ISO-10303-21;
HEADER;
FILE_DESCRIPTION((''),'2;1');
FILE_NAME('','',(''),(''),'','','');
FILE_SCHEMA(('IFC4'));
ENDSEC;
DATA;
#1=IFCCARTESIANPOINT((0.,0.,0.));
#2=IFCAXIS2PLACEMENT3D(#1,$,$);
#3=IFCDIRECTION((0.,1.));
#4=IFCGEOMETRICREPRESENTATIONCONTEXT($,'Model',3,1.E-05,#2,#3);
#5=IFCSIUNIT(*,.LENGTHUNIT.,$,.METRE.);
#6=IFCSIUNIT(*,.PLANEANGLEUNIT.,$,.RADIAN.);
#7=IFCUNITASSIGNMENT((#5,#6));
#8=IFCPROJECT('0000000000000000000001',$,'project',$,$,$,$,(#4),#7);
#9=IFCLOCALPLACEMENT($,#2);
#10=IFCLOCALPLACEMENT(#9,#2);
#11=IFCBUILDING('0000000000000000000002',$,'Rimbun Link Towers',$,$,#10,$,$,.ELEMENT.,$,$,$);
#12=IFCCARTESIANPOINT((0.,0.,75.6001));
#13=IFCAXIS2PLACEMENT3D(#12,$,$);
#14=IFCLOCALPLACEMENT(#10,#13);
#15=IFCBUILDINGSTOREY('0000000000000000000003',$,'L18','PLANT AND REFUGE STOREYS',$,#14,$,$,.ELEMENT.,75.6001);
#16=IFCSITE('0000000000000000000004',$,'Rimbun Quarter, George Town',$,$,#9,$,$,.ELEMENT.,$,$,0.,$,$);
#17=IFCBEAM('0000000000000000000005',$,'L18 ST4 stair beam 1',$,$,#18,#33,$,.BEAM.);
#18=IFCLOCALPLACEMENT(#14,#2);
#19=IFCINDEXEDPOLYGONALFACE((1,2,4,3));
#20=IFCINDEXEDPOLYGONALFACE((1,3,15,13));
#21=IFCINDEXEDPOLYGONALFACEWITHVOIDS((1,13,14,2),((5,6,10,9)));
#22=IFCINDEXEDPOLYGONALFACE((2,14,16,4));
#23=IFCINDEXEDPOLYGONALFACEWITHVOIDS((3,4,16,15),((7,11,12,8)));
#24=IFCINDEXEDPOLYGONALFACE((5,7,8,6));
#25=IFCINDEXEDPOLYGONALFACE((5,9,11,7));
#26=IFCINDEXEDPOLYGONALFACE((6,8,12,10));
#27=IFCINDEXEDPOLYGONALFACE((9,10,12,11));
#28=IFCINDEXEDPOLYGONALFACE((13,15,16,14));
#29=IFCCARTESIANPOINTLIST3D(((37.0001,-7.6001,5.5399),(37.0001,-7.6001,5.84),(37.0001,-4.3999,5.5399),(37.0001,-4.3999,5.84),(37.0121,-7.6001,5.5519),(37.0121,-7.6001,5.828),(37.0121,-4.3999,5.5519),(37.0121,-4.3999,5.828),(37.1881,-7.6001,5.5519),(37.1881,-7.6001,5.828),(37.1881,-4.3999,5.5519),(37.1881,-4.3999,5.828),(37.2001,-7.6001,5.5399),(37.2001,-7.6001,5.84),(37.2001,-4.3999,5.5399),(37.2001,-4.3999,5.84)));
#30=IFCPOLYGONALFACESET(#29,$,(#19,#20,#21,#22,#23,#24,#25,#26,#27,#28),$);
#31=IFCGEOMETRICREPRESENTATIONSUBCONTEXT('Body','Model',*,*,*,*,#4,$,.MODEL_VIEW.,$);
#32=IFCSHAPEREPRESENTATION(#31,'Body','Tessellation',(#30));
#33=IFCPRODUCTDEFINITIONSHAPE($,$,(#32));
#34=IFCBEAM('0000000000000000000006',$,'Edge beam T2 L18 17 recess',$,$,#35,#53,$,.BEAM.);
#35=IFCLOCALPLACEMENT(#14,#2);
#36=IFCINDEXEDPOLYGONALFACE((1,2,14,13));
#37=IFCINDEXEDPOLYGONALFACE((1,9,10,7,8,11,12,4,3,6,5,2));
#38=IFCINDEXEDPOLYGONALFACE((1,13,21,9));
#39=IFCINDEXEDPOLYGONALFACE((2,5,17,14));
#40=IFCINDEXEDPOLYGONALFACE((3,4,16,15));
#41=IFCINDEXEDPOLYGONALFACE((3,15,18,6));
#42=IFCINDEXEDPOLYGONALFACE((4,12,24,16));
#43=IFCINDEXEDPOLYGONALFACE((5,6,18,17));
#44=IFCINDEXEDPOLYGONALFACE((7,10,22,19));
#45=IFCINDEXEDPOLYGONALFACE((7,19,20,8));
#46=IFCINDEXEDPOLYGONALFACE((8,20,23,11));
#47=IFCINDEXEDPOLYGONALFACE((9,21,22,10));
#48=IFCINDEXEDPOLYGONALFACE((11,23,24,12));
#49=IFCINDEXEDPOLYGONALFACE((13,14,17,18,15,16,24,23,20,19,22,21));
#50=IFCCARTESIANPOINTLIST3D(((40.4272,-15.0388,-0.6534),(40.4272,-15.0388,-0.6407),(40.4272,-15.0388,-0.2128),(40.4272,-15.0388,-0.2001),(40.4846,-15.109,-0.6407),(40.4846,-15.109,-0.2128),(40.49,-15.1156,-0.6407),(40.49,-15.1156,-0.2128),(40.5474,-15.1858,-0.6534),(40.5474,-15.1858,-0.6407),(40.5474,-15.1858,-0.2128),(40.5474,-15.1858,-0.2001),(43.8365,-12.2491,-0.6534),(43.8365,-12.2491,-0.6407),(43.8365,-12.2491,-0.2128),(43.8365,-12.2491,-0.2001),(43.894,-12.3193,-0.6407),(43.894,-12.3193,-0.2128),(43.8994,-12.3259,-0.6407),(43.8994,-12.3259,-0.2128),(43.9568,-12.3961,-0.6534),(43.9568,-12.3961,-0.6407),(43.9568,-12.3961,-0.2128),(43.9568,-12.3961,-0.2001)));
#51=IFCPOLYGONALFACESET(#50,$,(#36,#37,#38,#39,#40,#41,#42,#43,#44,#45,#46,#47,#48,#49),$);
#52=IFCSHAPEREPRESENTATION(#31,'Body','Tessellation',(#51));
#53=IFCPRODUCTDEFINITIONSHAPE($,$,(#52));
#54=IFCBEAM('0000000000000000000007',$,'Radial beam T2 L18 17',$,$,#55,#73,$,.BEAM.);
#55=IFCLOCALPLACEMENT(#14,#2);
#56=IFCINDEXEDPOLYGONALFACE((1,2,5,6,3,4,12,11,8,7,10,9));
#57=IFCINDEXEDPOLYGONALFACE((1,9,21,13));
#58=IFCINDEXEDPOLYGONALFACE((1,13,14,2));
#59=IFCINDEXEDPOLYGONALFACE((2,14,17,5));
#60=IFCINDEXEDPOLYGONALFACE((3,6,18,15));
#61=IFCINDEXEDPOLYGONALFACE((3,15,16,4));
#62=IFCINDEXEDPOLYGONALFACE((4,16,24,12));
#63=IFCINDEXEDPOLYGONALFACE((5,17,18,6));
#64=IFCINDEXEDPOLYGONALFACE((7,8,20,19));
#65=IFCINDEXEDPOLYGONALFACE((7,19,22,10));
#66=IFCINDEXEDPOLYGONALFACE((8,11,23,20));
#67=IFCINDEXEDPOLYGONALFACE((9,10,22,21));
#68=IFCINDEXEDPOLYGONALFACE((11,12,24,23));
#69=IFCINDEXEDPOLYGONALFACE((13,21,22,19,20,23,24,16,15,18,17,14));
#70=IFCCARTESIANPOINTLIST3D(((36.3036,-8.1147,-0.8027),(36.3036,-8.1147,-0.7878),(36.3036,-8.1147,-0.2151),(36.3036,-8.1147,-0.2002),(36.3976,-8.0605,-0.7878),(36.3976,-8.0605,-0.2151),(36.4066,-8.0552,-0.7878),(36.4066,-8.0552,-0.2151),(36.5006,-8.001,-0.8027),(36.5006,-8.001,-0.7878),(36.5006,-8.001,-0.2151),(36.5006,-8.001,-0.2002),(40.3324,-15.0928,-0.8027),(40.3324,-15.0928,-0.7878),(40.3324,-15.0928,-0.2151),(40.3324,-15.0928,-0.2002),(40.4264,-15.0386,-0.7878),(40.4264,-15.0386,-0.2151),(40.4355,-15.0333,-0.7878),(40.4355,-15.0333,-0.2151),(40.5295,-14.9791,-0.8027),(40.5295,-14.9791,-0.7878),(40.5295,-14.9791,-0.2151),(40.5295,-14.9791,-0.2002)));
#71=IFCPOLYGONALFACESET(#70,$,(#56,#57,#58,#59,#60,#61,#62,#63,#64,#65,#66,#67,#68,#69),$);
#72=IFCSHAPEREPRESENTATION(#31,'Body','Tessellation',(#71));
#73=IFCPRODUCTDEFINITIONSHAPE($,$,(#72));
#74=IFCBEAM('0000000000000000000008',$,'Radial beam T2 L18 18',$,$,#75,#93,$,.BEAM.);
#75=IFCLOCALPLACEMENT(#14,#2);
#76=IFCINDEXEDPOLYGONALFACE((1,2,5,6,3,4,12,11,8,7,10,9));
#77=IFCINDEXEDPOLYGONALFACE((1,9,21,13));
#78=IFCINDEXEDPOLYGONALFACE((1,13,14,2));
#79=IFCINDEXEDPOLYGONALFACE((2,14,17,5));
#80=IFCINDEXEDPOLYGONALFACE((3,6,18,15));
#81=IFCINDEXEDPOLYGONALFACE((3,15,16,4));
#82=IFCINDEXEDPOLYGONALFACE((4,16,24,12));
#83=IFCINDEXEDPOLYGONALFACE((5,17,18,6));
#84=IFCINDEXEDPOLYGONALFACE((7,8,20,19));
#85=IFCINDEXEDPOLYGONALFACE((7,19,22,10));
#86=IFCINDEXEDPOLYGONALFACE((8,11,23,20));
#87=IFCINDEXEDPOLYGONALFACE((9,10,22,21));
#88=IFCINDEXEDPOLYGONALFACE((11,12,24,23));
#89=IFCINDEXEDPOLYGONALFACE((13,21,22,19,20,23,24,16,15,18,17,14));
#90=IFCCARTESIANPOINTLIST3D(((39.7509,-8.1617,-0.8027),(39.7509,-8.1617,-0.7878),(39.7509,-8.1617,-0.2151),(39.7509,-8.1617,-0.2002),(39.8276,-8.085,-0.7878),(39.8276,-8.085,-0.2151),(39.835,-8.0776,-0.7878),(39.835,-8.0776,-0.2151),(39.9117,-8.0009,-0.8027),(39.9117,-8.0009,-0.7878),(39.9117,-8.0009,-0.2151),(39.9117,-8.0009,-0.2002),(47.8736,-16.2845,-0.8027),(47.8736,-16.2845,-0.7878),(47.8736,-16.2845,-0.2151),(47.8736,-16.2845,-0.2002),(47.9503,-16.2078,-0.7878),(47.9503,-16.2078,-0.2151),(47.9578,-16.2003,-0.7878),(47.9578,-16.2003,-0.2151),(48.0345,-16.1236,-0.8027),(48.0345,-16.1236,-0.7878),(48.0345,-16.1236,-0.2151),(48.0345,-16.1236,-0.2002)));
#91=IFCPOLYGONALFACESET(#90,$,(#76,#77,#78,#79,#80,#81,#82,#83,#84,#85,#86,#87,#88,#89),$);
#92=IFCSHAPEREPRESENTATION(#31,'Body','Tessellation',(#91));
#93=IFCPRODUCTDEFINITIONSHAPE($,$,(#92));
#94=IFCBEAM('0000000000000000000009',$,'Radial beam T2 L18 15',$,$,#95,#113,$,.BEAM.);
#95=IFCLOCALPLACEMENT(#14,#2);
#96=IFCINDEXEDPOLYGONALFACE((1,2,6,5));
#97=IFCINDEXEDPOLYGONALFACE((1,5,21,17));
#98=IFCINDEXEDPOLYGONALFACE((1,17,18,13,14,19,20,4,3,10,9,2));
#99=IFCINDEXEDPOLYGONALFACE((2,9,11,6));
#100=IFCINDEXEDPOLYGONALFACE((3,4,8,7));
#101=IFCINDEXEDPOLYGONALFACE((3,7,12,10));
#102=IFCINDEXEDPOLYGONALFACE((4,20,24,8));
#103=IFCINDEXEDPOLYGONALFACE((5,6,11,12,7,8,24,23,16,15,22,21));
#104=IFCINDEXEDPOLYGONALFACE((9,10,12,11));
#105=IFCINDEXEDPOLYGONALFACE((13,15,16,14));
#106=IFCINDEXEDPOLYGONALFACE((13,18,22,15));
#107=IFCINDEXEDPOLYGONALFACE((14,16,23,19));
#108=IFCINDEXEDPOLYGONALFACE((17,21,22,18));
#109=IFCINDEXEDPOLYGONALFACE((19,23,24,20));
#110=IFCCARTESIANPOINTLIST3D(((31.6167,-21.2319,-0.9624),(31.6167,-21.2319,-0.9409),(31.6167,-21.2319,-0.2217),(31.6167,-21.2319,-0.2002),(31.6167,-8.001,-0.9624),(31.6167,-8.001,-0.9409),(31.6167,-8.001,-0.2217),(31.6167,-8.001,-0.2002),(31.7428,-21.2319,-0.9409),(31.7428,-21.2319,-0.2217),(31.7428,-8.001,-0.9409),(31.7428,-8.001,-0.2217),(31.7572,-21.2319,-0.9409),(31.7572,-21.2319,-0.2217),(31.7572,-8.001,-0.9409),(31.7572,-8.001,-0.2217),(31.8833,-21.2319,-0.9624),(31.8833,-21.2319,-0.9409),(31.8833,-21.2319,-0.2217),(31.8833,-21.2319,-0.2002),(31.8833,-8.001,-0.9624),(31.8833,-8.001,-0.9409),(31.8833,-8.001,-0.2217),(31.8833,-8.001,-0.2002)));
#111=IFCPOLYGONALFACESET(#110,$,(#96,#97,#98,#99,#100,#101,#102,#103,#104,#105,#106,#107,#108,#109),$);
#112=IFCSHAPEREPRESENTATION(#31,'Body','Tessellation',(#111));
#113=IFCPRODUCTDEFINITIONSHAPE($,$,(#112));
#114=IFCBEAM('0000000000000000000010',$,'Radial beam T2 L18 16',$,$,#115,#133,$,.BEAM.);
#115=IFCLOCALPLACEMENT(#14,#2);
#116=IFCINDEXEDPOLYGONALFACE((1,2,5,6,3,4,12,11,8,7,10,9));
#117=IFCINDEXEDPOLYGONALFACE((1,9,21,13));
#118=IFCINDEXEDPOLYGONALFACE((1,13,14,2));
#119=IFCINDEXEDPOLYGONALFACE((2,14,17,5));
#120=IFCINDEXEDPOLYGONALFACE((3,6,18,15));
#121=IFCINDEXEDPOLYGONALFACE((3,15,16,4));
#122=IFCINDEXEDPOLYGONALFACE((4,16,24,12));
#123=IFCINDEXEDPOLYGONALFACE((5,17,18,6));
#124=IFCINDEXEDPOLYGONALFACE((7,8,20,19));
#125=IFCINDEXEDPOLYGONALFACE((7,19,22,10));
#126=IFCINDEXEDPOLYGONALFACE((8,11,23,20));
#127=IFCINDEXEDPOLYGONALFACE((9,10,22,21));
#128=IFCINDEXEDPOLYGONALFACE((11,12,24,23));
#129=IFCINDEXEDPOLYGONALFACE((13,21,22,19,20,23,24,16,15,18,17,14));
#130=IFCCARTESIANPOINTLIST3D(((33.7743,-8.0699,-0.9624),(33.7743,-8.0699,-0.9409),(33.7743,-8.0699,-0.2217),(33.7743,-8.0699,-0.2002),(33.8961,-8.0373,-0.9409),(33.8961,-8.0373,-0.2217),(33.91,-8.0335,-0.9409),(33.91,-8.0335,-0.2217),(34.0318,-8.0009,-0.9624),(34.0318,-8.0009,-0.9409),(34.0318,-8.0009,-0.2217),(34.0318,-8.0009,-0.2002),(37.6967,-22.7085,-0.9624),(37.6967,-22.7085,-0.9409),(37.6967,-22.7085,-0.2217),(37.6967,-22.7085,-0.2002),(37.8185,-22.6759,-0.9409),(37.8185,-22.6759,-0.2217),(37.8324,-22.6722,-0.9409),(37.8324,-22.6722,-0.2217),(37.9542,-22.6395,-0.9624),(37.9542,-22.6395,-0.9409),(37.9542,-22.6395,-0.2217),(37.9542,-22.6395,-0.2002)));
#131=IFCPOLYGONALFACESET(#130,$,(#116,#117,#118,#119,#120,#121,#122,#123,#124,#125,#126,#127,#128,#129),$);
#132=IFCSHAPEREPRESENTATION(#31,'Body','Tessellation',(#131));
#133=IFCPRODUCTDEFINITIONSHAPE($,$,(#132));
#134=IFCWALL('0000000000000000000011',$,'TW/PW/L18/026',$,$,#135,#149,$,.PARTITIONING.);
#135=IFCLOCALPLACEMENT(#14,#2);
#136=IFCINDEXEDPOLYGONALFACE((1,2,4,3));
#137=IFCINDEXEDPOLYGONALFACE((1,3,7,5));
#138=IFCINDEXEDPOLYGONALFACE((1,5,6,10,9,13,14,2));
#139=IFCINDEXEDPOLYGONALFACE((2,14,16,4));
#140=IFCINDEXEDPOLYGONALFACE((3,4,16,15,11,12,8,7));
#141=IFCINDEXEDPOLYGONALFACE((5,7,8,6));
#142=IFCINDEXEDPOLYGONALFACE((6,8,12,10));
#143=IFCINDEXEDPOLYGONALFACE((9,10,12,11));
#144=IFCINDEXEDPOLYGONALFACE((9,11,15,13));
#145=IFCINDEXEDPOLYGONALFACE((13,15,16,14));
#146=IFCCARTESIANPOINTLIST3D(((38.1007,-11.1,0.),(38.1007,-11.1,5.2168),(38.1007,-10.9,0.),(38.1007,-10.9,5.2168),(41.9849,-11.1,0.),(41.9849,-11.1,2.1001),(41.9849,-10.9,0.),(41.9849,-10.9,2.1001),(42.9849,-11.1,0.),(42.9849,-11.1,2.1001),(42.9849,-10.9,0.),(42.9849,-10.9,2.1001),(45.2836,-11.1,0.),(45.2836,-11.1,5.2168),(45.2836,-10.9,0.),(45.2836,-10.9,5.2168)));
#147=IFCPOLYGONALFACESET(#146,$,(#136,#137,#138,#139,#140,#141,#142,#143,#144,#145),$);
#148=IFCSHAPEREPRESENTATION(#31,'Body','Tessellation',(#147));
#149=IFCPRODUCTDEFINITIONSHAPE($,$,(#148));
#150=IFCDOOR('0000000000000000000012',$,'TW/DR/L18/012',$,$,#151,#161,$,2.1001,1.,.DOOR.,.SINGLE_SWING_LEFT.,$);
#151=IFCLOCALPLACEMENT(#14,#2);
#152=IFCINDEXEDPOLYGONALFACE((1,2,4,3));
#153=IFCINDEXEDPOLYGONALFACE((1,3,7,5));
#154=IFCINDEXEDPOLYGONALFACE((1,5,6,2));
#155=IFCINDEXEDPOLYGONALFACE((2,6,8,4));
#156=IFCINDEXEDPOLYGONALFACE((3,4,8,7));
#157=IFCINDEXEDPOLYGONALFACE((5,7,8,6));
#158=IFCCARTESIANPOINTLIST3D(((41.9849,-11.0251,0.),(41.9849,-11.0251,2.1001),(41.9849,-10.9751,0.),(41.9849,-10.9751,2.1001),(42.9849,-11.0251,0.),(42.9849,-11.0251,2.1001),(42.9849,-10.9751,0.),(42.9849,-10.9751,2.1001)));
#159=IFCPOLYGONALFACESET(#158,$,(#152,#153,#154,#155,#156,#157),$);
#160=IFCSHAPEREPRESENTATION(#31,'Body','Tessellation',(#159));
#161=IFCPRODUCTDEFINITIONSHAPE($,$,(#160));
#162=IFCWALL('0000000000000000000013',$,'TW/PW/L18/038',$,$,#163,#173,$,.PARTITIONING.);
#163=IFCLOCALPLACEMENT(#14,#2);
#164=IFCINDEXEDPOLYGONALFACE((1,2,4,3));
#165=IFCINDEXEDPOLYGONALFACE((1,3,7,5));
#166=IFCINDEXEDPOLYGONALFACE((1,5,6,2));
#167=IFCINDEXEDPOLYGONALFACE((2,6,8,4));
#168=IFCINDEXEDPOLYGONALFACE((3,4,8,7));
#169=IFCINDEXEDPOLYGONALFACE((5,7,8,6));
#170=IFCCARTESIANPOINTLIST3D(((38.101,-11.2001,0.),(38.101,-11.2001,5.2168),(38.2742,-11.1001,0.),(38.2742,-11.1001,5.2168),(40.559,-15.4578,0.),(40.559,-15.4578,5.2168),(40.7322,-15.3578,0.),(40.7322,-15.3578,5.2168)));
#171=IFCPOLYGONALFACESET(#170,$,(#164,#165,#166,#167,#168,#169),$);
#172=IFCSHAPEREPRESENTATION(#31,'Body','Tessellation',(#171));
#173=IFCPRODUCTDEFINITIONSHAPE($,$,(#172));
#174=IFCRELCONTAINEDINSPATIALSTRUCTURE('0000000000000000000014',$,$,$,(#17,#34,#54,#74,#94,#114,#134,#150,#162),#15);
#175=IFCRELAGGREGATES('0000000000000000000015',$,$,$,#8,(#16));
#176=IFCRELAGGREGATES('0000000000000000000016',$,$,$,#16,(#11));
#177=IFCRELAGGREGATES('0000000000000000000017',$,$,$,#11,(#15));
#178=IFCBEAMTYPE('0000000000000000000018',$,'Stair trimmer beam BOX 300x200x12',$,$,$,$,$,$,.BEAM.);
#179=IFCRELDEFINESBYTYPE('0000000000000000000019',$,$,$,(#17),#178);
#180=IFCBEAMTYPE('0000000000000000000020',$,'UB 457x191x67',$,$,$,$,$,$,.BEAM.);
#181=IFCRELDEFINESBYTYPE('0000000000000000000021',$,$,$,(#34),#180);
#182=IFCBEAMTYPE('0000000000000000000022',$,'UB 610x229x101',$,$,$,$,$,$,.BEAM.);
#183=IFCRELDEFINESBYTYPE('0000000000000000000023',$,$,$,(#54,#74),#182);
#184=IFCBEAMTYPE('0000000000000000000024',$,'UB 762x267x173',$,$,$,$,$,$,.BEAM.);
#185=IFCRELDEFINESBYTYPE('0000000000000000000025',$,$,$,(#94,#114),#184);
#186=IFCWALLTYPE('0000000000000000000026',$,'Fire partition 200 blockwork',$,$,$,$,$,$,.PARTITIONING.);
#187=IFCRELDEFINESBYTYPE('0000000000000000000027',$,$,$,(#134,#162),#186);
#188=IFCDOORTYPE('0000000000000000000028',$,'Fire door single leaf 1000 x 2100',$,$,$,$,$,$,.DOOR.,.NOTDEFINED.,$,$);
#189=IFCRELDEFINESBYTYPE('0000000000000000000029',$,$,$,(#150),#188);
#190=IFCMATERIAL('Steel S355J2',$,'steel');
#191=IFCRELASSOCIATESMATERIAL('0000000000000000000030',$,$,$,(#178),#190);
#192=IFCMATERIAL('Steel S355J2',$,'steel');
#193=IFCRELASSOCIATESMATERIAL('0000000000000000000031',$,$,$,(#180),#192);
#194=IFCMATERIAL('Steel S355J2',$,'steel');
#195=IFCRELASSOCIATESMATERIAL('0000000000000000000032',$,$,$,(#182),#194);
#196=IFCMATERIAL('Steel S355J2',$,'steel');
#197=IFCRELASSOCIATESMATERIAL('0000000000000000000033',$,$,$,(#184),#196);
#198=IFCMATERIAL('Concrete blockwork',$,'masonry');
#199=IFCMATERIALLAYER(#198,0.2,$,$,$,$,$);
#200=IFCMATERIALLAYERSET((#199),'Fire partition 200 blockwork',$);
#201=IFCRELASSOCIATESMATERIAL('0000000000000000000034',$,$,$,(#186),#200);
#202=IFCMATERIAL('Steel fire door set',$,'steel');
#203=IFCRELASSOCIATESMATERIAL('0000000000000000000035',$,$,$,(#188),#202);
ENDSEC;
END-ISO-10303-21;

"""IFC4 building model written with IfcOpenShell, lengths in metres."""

from ifc_helpers import new_model, si_unit, direction, frame, frame_2d, origin, origin_2d, place, context, subcontext, project, spatial, rectangle, hollow_rectangle, i_section, extrude, material, layer, layer_set, material_profile, profile_set, type_object, element, fill, save


model = new_model("IFC4")

# Units and contexts
model_context = context("Model", 3, precision=1e-05, world=origin(), true_north=direction((0.0, 1.0)))
body_context = subcontext(model_context, "Body", "Model", "MODEL_VIEW")
ifc_project = project(units=[si_unit("LENGTHUNIT", "METRE"), si_unit("PLANEANGLEUNIT", "RADIAN")], contexts=[model_context])

# Site, building, storey
site_placement = place(None, origin())
site = spatial("IfcSite", under=ifc_project, at=site_placement, Name="Rimbun Quarter, George Town", CompositionType="ELEMENT", RefElevation=0.0)
building_placement = place(site_placement, origin())
building = spatial("IfcBuilding", under=site, at=building_placement, Name="Rimbun Link Towers", CompositionType="ELEMENT")
storey_placement = place(building_placement, frame((0.0, 0.0, 75.6001)))
storey = spatial("IfcBuildingStorey", under=building, at=storey_placement, Name="L18", Description="PLANT AND REFUGE STOREYS", CompositionType="ELEMENT", Elevation=75.6001)

# Beams
ifc_material_1 = material(Name="Steel S355J2", Category="steel")
ifc_material_profile_1 = material_profile(ifc_material_1, hollow_rectangle(XDim=0.2, YDim=0.3, WallThickness=0.012, at=origin_2d()), Name="BOX 300x200x12")
ifc_profile_set_1 = profile_set([ifc_material_profile_1], Name="Steel S355J2")
beam_type_1 = type_object("IfcBeamType", Name="Stair trimmer beam BOX 300x200x12", PredefinedType="BEAM", material=ifc_profile_set_1)
beam_1_placement = place(storey_placement, frame((37.1001, -7.6001, 5.6899), z_axis=(0.0, 1.0, 0.0), x_axis=(-1.0, 0.0, 0.0)))
element("IfcBeam", 1, at=beam_1_placement, inside=storey, type_object=beam_type_1, Name="L18 ST4 stair beam 1", PredefinedType="BEAM", context=body_context, shape_type="SweptSolid", body=[
    extrude(hollow_rectangle(XDim=0.2, YDim=0.3, WallThickness=0.012, at=origin_2d()), origin(), (0.0, 0.0, 1.0), 3.2002),
])
ifc_material_2 = material(Name="Steel S355J2", Category="steel")
ifc_material_profile_2 = material_profile(ifc_material_2, i_section(OverallWidth=0.1899, OverallDepth=0.4534, WebThickness=0.0085, FlangeThickness=0.0127, at=origin_2d()), Name="UB 457x191x67")
ifc_profile_set_2 = profile_set([ifc_material_profile_2], Name="Steel S355J2")
beam_type_2 = type_object("IfcBeamType", Name="UB 457x191x67", PredefinedType="BEAM", material=ifc_profile_set_2)
beam_2_placement = place(storey_placement, frame((40.4873, -15.1123, -0.4268), z_axis=(0.773928, 0.633274, 0.0), x_axis=(-0.633274, 0.773928, 0.0)))
element("IfcBeam", 2, at=beam_2_placement, inside=storey, type_object=beam_type_2, Name="Edge beam T2 L18 17 recess", PredefinedType="BEAM", context=body_context, shape_type="SweptSolid", body=[
    extrude(i_section(OverallWidth=0.1899, OverallDepth=0.4534, WebThickness=0.0085, FlangeThickness=0.0127, at=origin_2d()), origin(), (0.0, 0.0, 1.0), 4.4053),
])
ifc_material_3 = material(Name="Steel S355J2", Category="steel")
ifc_material_profile_3 = material_profile(ifc_material_3, i_section(OverallWidth=0.2275, OverallDepth=0.6025, WebThickness=0.0105, FlangeThickness=0.0149, at=origin_2d()), Name="UB 610x229x101")
ifc_profile_set_3 = profile_set([ifc_material_profile_3], Name="Steel S355J2")
beam_type_3 = type_object("IfcBeamType", Name="UB 610x229x101", PredefinedType="BEAM", material=ifc_profile_set_3)
beam_3_placement = place(storey_placement, frame((36.4021, -8.0579, -0.5015), z_axis=(0.500004, -0.866023, 0.0), x_axis=(0.866023, 0.500004, 0.0)))
element("IfcBeam", 3, at=beam_3_placement, inside=storey, type_object=beam_type_3, Name="Radial beam T2 L18 17", PredefinedType="BEAM", context=body_context, shape_type="SweptSolid", body=[
    extrude(i_section(OverallWidth=0.2275, OverallDepth=0.6025, WebThickness=0.0105, FlangeThickness=0.0149, at=origin_2d()), origin(), (0.0, 0.0, 1.0), 8.0576),
])
beam_4_placement = place(storey_placement, frame((39.8313, -8.0813, -0.5015), z_axis=(0.707107, -0.707107, 0.0), x_axis=(0.707107, 0.707107, 0.0)))
element("IfcBeam", 4, at=beam_4_placement, inside=storey, type_object=beam_type_3, Name="Radial beam T2 L18 18", PredefinedType="BEAM", context=body_context, shape_type="SweptSolid", body=[
    extrude(i_section(OverallWidth=0.2275, OverallDepth=0.6025, WebThickness=0.0105, FlangeThickness=0.0149, at=origin_2d()), origin(), (0.0, 0.0, 1.0), 11.4873),
])
ifc_material_4 = material(Name="Steel S355J2", Category="steel")
ifc_material_profile_4 = material_profile(ifc_material_4, i_section(OverallWidth=0.2666, OverallDepth=0.7622, WebThickness=0.0144, FlangeThickness=0.0215, at=origin_2d()), Name="UB 762x267x173")
ifc_profile_set_4 = profile_set([ifc_material_profile_4], Name="Steel S355J2")
beam_type_4 = type_object("IfcBeamType", Name="UB 762x267x173", PredefinedType="BEAM", material=ifc_profile_set_4)
beam_5_placement = place(storey_placement, frame((31.75, -8.001, -0.5813), z_axis=(0.0, -1.0, 0.0), x_axis=(1.0, 0.0, 0.0)))
element("IfcBeam", 5, at=beam_5_placement, inside=storey, type_object=beam_type_4, Name="Radial beam T2 L18 15", PredefinedType="BEAM", context=body_context, shape_type="SweptSolid", body=[
    extrude(i_section(OverallWidth=0.2666, OverallDepth=0.7622, WebThickness=0.0144, FlangeThickness=0.0215, at=origin_2d()), origin(), (0.0, 0.0, 1.0), 13.231),
])
beam_6_placement = place(storey_placement, frame((33.9031, -8.0354, -0.5813), z_axis=(0.258816, -0.965927, 0.0), x_axis=(0.965927, 0.258816, 0.0)))
element("IfcBeam", 6, at=beam_6_placement, inside=storey, type_object=beam_type_4, Name="Radial beam T2 L18 16", PredefinedType="BEAM", context=body_context, shape_type="SweptSolid", body=[
    extrude(i_section(OverallWidth=0.2666, OverallDepth=0.7622, WebThickness=0.0144, FlangeThickness=0.0215, at=origin_2d()), origin(), (0.0, 0.0, 1.0), 15.155),
])

# Wall, opening, door
ifc_material_5 = material(Name="Concrete blockwork", Category="masonry")
ifc_layer_1 = layer(ifc_material_5, 0.2)
ifc_layer_set_1 = layer_set([ifc_layer_1], Name="Fire partition 200 blockwork")
wall_type_1 = type_object("IfcWallType", Name="Fire partition 200 blockwork", PredefinedType="PARTITIONING", material=ifc_layer_set_1)
wall_1_placement = place(storey_placement, frame((38.1008, -11.0, 0.0), z_axis=(0.0, 0.0, 1.0), x_axis=(1.0, 0.0, 0.0)))
wall_1 = element("IfcWall", 7, at=wall_1_placement, inside=storey, type_object=wall_type_1, Name="TW/PW/L18/026", PredefinedType="PARTITIONING", context=body_context, shape_type="SweptSolid", body=[
    extrude(rectangle(XDim=7.1829, YDim=0.2, at=frame_2d((3.5913, 0.0))), origin(), (0.0, 0.0, 1.0), 5.2168),
])
opening_1_placement = place(wall_1_placement, frame((3.884, 0.0, 0.0)))
opening_1 = element("IfcOpeningElement", 8, at=opening_1_placement, cuts=wall_1, PredefinedType="OPENING", context=body_context, shape_type="SweptSolid", body=[
    extrude(rectangle(XDim=1.0, YDim=2.1001, at=frame_2d((0.5, 1.05))), frame((0.0, 0.1099, 0.0), z_axis=(0.0, -1.0, 0.0), x_axis=(1.0, 0.0, 0.0)), (0.0, 0.0, 1.0), 0.22),
])
ifc_material_6 = material(Name="Steel fire door set", Category="steel")
door_type_1 = type_object("IfcDoorType", Name="Fire door single leaf 1000 x 2100", OperationType="NOTDEFINED", PredefinedType="DOOR", material=ifc_material_6)
door_1_placement = place(opening_1_placement, origin())
door_1 = element("IfcDoor", 9, at=door_1_placement, inside=storey, type_object=door_type_1, Name="TW/DR/L18/012", OperationType="SINGLE_SWING_LEFT", OverallHeight=2.1001, OverallWidth=1.0, PredefinedType="DOOR", context=body_context, shape_type="SweptSolid", body=[
    extrude(rectangle(XDim=1.0, YDim=2.1001, at=frame_2d((0.5, 1.05))), frame((0.0, 0.0249, 0.0), z_axis=(0.0, -1.0, 0.0), x_axis=(1.0, 0.0, 0.0)), (0.0, 0.0, 1.0), 0.05),
])
fill(opening_1, door_1)

# Wall
wall_2_placement = place(storey_placement, frame((40.6455, -15.4077, 0.0), z_axis=(0.0, 0.0, 1.0), x_axis=(-0.499963, 0.866047, 0.0)))
element("IfcWall", 10, at=wall_2_placement, inside=storey, type_object=wall_type_1, Name="TW/PW/L18/038", PredefinedType="PARTITIONING", context=body_context, shape_type="SweptSolid", body=[
    extrude(rectangle(XDim=4.9163, YDim=0.2, at=frame_2d((2.458, 0.0))), origin(), (0.0, 0.0, 1.0), 5.2168),
])

save(model, "model.ifc")
